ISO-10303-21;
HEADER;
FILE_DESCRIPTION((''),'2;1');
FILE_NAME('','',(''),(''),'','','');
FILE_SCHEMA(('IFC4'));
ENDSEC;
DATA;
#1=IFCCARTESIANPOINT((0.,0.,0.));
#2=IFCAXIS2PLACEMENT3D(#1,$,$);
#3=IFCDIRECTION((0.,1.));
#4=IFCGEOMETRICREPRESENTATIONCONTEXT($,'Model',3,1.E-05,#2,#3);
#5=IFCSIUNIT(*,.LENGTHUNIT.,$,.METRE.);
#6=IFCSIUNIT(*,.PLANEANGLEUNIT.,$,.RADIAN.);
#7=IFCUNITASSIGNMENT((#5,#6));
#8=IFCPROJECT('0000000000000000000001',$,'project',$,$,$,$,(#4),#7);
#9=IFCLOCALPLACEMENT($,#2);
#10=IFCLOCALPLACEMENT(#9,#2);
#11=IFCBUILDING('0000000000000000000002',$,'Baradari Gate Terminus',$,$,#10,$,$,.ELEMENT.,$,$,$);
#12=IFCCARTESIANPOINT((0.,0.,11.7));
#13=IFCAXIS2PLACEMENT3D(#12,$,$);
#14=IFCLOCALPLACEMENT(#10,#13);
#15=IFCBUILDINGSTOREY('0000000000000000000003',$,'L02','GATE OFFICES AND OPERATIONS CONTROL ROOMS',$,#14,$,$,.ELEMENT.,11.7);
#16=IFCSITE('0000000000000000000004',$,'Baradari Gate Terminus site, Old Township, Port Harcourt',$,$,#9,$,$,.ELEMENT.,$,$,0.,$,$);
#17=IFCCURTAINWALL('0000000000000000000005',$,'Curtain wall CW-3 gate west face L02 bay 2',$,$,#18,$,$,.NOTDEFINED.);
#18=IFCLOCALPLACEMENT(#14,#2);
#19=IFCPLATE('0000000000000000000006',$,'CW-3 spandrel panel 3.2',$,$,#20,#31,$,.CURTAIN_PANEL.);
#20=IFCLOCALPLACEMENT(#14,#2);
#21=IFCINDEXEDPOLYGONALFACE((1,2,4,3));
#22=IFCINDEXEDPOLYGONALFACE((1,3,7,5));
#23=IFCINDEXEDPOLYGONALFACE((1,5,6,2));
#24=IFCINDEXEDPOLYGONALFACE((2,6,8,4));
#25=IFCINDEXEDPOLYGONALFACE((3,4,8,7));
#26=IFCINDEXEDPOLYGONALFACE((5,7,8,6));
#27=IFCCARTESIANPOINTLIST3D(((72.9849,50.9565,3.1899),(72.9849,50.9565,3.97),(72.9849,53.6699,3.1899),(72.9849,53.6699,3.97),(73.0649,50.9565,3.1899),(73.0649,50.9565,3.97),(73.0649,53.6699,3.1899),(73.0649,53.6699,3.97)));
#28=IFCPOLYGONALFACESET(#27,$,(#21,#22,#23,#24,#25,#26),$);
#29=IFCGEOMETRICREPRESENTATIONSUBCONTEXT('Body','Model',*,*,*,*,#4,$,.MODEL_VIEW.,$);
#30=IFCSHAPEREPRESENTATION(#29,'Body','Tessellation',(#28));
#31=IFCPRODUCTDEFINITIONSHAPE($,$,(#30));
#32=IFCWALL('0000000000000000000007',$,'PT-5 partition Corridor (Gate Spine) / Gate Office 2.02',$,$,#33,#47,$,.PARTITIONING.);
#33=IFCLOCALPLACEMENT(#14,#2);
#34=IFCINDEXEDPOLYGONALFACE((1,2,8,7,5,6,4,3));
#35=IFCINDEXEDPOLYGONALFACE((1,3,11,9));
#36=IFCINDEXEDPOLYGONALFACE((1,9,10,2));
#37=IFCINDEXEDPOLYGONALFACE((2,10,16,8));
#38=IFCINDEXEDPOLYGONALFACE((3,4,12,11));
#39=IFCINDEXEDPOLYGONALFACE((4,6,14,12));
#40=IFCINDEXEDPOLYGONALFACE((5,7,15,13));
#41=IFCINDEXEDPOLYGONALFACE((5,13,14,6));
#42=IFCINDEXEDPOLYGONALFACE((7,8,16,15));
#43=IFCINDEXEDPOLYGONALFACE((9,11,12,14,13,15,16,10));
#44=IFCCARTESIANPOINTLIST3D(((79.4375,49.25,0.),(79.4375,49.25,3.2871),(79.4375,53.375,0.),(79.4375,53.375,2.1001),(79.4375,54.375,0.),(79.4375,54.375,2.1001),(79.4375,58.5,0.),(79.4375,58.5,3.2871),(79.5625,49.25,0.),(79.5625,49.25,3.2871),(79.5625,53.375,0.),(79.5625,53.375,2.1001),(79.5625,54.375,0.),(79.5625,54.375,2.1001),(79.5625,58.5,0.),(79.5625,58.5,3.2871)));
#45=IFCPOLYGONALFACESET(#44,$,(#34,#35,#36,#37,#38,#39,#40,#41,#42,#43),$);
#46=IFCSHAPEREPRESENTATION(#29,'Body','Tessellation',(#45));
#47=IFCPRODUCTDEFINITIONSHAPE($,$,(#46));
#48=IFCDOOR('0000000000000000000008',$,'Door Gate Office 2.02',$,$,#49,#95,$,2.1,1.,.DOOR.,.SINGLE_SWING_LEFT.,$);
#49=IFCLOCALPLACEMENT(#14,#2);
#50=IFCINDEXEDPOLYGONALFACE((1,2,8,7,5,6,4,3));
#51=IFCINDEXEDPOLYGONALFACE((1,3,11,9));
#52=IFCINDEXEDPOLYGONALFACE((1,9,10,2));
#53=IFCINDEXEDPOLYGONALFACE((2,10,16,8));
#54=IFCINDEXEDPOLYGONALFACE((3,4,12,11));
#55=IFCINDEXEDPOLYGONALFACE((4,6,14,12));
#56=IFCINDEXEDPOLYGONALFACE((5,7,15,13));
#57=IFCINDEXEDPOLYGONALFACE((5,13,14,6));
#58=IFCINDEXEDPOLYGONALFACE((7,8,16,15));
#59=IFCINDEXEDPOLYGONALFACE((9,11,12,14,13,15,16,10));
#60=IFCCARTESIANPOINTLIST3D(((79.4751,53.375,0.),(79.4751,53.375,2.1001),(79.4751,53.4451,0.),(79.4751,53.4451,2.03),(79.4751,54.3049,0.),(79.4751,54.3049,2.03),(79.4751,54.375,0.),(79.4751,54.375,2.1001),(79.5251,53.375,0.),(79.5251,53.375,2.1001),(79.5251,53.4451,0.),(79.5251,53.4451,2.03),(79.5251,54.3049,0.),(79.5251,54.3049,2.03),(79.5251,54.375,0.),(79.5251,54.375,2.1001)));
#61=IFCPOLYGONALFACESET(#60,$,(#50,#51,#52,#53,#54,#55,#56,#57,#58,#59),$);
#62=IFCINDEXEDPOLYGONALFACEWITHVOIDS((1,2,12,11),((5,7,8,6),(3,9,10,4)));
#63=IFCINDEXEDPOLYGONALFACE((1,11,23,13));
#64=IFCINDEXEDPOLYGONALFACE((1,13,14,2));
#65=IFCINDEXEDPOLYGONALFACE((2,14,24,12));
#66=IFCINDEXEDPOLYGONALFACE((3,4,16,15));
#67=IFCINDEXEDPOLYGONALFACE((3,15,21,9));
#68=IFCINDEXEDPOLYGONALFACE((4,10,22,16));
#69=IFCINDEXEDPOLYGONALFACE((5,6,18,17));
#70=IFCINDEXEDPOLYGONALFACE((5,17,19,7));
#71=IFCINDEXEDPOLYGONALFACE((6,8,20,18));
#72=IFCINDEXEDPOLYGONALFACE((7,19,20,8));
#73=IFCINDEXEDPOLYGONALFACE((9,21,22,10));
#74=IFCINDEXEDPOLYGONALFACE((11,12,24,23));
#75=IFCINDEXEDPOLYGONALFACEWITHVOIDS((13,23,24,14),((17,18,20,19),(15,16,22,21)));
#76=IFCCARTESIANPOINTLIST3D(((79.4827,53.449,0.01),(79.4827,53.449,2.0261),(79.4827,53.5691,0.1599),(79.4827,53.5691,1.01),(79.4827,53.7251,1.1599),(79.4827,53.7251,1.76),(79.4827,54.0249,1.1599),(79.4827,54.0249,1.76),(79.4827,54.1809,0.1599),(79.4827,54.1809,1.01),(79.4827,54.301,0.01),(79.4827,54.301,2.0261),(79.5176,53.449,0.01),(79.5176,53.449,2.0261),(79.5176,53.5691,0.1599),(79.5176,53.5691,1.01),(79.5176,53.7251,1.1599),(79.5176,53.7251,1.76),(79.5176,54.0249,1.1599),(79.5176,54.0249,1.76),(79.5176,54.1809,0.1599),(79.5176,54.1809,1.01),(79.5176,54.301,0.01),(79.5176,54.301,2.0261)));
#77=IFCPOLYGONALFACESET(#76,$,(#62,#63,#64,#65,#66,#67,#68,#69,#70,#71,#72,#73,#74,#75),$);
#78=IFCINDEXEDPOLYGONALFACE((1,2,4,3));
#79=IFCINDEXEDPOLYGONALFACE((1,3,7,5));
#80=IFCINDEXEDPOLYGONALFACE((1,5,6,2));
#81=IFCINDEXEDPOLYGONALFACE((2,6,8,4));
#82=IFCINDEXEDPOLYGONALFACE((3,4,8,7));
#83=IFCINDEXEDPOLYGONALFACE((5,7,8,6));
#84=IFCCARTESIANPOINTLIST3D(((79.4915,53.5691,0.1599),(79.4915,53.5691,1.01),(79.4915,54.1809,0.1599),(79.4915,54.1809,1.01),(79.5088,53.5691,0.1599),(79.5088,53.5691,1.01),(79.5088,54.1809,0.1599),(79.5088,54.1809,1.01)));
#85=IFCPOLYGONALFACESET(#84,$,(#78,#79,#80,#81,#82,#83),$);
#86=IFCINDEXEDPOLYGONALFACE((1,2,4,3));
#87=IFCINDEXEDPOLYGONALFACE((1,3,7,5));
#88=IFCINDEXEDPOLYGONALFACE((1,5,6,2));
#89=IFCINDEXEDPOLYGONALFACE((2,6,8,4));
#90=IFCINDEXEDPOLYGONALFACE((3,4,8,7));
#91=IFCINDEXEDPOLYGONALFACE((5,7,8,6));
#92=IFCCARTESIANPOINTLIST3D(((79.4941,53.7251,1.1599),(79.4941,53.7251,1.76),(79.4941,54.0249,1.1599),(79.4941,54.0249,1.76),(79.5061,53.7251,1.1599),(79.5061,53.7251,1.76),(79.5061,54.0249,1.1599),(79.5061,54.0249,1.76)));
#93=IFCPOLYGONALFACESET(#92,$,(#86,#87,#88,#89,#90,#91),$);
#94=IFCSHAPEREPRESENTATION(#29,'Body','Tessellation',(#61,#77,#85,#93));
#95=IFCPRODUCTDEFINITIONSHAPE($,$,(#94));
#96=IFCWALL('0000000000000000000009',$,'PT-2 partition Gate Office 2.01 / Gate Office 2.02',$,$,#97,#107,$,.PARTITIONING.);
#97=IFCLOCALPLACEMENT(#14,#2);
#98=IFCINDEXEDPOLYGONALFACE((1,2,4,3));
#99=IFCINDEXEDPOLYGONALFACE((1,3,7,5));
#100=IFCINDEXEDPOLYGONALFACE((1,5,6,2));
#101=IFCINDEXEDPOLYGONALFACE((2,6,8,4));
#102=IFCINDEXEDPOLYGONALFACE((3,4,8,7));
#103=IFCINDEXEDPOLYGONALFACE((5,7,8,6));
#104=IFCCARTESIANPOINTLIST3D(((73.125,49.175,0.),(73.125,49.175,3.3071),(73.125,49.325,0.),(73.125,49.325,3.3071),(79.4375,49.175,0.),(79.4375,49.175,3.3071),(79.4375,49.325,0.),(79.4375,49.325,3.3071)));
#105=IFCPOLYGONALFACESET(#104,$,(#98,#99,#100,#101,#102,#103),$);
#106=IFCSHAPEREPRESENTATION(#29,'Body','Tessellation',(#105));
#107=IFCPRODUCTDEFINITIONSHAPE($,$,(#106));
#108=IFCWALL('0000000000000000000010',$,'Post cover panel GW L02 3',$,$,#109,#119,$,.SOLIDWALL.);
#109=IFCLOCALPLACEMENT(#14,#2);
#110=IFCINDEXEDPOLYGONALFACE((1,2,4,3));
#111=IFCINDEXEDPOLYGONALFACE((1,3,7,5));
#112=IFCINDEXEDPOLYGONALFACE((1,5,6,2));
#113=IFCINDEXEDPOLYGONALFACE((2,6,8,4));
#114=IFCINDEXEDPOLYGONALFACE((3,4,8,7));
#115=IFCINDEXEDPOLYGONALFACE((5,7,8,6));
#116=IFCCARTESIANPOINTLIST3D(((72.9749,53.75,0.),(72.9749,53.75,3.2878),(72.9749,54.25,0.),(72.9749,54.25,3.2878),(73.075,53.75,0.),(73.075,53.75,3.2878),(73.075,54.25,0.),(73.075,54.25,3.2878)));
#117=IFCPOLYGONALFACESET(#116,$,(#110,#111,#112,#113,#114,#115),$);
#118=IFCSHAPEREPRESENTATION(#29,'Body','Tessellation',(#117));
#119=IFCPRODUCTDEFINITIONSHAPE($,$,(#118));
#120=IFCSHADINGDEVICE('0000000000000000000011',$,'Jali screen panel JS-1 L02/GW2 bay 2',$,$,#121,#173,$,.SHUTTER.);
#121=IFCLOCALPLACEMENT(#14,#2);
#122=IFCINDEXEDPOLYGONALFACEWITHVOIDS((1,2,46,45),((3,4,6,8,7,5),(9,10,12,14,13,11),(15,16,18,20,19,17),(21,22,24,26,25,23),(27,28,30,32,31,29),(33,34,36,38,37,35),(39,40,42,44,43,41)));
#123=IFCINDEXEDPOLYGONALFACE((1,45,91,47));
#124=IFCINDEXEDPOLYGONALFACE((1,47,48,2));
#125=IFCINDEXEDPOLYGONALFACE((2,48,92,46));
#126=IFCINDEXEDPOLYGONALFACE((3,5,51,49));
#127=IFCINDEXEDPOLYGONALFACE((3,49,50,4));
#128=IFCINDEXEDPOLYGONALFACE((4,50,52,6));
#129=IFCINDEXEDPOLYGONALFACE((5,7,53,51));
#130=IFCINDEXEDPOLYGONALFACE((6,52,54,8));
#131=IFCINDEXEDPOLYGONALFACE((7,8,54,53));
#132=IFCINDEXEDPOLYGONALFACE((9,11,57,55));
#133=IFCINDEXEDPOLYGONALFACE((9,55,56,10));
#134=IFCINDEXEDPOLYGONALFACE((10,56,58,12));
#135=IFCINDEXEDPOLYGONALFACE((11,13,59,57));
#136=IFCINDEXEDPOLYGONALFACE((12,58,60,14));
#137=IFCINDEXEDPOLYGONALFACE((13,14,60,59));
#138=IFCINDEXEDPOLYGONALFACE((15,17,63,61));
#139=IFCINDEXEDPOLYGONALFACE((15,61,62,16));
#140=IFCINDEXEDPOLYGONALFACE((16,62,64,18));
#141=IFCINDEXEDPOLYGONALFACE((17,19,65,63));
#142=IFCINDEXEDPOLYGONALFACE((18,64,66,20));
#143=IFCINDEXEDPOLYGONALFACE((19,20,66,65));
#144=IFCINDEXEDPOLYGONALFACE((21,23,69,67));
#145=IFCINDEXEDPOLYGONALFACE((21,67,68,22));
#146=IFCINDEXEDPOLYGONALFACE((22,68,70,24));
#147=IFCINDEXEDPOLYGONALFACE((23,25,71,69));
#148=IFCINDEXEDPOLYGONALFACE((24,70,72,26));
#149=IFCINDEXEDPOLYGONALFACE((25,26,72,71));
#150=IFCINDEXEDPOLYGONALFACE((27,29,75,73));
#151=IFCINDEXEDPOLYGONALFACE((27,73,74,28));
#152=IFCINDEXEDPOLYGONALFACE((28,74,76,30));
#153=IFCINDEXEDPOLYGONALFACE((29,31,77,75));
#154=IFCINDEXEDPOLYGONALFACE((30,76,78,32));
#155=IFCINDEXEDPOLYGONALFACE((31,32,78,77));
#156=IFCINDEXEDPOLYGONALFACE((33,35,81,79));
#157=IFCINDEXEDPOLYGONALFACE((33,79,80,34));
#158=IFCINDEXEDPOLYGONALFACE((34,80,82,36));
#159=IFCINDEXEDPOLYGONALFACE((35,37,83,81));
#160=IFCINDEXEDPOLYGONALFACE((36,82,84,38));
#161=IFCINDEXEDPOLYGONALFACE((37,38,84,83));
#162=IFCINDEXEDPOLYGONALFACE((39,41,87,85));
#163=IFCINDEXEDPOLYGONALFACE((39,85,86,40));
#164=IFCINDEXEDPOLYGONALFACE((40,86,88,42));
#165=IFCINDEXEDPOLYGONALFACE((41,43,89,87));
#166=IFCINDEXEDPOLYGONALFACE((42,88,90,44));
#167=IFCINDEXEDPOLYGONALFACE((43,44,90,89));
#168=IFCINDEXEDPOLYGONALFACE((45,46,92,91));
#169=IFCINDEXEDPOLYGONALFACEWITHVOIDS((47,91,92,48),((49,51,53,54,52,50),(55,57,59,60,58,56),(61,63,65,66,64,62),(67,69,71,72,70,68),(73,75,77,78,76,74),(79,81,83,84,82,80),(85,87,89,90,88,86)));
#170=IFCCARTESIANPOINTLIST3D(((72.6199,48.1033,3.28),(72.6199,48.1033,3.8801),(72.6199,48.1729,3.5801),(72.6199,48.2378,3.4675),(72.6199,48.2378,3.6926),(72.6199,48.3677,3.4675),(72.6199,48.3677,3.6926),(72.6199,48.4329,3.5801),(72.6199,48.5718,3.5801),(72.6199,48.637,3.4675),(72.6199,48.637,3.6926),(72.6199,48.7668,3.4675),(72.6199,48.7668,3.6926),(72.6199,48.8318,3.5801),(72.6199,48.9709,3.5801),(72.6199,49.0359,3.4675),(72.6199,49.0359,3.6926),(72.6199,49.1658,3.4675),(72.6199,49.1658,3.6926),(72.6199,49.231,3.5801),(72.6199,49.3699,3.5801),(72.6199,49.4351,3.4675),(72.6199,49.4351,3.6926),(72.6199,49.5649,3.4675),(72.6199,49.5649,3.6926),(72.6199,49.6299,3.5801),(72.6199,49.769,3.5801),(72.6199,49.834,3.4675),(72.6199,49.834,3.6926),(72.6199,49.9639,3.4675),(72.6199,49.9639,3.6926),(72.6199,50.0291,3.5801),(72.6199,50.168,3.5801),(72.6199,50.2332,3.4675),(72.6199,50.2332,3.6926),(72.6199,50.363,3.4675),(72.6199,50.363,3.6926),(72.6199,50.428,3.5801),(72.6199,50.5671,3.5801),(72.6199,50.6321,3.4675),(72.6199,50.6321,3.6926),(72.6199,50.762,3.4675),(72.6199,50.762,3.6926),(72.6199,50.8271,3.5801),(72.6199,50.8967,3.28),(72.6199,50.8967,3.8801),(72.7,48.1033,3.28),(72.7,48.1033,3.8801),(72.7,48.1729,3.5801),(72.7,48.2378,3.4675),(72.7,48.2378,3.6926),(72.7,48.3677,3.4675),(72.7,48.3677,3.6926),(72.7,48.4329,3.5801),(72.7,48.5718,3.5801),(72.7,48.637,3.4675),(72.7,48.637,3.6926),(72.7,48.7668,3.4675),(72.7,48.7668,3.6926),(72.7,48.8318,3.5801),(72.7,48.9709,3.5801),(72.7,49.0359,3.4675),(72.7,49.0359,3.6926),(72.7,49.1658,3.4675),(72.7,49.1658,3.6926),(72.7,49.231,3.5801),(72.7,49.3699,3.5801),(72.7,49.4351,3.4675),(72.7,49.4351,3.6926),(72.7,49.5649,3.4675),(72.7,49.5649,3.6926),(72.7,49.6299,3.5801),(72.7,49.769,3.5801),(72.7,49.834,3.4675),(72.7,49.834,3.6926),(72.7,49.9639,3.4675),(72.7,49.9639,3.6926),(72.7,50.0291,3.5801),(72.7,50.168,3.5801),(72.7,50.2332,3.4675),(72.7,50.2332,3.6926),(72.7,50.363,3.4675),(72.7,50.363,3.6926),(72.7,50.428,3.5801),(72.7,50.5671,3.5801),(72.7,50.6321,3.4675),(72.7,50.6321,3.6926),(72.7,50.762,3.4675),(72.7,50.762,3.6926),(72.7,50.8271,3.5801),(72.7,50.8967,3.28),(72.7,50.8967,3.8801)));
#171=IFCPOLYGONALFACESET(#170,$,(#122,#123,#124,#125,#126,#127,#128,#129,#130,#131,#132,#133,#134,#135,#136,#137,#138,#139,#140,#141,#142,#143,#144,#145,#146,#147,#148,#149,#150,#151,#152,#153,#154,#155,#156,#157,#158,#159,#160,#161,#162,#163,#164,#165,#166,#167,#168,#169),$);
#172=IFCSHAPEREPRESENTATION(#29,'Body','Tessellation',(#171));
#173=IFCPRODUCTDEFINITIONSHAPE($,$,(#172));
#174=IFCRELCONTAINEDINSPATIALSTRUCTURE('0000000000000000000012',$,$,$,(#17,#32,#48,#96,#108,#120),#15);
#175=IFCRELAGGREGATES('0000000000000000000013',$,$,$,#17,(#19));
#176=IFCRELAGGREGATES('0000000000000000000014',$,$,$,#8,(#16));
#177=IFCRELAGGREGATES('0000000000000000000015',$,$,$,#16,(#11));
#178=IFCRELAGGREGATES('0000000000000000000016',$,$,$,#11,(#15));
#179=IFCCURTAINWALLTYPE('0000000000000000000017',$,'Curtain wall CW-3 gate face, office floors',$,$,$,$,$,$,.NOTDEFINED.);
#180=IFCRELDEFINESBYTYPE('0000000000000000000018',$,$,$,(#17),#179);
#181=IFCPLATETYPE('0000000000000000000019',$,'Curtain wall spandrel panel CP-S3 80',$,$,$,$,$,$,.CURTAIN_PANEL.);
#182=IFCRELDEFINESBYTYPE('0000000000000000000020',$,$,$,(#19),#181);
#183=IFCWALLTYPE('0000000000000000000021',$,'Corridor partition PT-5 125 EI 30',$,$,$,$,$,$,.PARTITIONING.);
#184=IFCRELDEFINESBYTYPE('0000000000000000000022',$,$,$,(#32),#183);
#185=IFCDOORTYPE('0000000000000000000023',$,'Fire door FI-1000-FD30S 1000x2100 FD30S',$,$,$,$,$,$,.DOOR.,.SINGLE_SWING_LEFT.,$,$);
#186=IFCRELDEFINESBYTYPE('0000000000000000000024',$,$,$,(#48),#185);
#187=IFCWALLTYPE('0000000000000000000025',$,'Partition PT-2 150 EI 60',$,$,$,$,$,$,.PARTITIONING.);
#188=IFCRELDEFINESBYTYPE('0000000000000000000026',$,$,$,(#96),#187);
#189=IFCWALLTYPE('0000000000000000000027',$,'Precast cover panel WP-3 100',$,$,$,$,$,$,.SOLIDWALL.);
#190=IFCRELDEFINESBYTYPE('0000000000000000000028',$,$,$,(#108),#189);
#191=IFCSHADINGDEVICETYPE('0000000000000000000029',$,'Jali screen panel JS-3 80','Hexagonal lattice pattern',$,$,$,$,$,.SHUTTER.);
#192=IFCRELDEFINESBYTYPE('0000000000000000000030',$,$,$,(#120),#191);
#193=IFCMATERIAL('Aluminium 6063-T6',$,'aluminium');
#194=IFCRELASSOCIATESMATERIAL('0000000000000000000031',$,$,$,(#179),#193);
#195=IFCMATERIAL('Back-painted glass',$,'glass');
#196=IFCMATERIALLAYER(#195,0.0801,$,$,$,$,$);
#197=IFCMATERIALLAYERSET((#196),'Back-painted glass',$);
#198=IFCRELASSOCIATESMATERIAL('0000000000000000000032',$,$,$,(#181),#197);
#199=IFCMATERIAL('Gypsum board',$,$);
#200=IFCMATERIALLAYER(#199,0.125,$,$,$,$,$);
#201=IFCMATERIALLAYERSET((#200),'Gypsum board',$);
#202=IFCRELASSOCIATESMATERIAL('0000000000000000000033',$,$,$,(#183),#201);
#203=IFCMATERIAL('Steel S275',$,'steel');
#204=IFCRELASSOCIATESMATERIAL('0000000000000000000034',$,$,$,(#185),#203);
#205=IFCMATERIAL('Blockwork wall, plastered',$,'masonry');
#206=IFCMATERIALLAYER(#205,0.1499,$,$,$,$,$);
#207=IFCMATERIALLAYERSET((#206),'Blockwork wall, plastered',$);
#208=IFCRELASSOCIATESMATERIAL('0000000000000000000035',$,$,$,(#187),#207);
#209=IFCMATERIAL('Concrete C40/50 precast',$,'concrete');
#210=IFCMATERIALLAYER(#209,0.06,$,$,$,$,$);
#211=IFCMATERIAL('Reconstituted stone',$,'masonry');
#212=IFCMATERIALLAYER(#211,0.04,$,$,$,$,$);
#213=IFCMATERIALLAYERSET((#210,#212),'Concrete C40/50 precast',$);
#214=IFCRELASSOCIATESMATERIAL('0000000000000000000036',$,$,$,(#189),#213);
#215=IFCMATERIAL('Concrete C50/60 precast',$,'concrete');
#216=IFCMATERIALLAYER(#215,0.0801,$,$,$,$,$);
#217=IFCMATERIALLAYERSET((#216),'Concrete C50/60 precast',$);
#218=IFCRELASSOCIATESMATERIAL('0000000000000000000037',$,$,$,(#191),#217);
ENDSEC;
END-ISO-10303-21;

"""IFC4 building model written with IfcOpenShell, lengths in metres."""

from ifc_helpers import new_model, si_unit, direction, frame, frame_2d, origin, origin_2d, place, context, subcontext, project, spatial, polyline, rectangle, outline, extrude, material, layer, layer_set, type_object, element, fill, aggregate, save


model = new_model("IFC4")

# Units and contexts
model_context = context("Model", 3, precision=1e-05, world=origin(), true_north=direction((0.0, 1.0)))
body_context = subcontext(model_context, "Body", "Model", "MODEL_VIEW")
ifc_project = project(units=[si_unit("LENGTHUNIT", "METRE"), si_unit("PLANEANGLEUNIT", "RADIAN")], contexts=[model_context])

# Site, building, storey
site_placement = place(None, origin())
site = spatial("IfcSite", under=ifc_project, at=site_placement, Name="Baradari Gate Terminus site, Old Township, Port Harcourt", CompositionType="ELEMENT", RefElevation=0.0)
building_placement = place(site_placement, origin())
building = spatial("IfcBuilding", under=site, at=building_placement, Name="Baradari Gate Terminus", CompositionType="ELEMENT")
storey_placement = place(building_placement, frame((0.0, 0.0, 11.7)))
storey = spatial("IfcBuildingStorey", under=building, at=storey_placement, Name="L02", Description="GATE OFFICES AND OPERATIONS CONTROL ROOMS", CompositionType="ELEMENT", Elevation=11.7)

# Curtain wall
ifc_material_1 = material(Name="Aluminium 6063-T6", Category="aluminium")
curtain_wall_type = type_object("IfcCurtainWallType", Name="Curtain wall CW-3 gate face, office floors", PredefinedType="NOTDEFINED", material=ifc_material_1)
curtain_wall_placement = place(storey_placement, origin())
curtain_wall = element("IfcCurtainWall", 1, at=curtain_wall_placement, inside=storey, type_object=curtain_wall_type, Name="Curtain wall CW-3 gate west face L02 bay 2", PredefinedType="NOTDEFINED")

# Plate
ifc_material_2 = material(Name="Back-painted glass", Category="glass")
ifc_layer_1 = layer(ifc_material_2, 0.0801)
ifc_layer_set_1 = layer_set([ifc_layer_1], Name="Back-painted glass")
plate_type = type_object("IfcPlateType", Name="Curtain wall spandrel panel CP-S3 80", PredefinedType="CURTAIN_PANEL", material=ifc_layer_set_1)
plate_1_placement = place(storey_placement, frame((73.0249, 52.3132, 3.1899), z_axis=(0.0, 0.0, 1.0), x_axis=(0.0, 1.0, 0.0)))
plate_1 = element("IfcPlate", 2, at=plate_1_placement, type_object=plate_type, Name="CW-3 spandrel panel 3.2", PredefinedType="CURTAIN_PANEL", context=body_context, shape_type="SweptSolid", body=[
    extrude(rectangle(XDim=2.7134, YDim=0.0801, at=origin_2d()), origin(), (0.0, 0.0, 1.0), 0.78),
])
aggregate(curtain_wall, [plate_1])

# Wall, opening, door
ifc_material_3 = material(Name="Gypsum board")
ifc_layer_2 = layer(ifc_material_3, 0.125)
ifc_layer_set_2 = layer_set([ifc_layer_2], Name="Gypsum board")
wall_type_1 = type_object("IfcWallType", Name="Corridor partition PT-5 125 EI 30", PredefinedType="PARTITIONING", material=ifc_layer_set_2)
wall_1_placement = place(storey_placement, frame((79.5, 49.25, 0.0), z_axis=(0.0, 0.0, 1.0), x_axis=(0.0, 1.0, 0.0)))
wall_1 = element("IfcWall", 3, at=wall_1_placement, inside=storey, type_object=wall_type_1, Name="PT-5 partition Corridor (Gate Spine) / Gate Office 2.02", PredefinedType="PARTITIONING", context=body_context, shape_type="SweptSolid", body=[
    extrude(rectangle(XDim=9.25, YDim=0.125, at=frame_2d((4.625, 0.0))), origin(), (0.0, 0.0, 1.0), 3.2871),
])
opening_placement = place(wall_1_placement, frame((4.125, 0.0, 0.0)))
opening = element("IfcOpeningElement", 4, at=opening_placement, cuts=wall_1, PredefinedType="OPENING", context=body_context, shape_type="SweptSolid", body=[
    extrude(rectangle(XDim=1.0, YDim=2.1001, at=frame_2d((0.5, 1.05))), frame((0.0, 0.0725, 0.0), z_axis=(0.0, -1.0, 0.0), x_axis=(1.0, 0.0, 0.0)), (0.0, 0.0, 1.0), 0.145),
])
ifc_material_4 = material(Name="Steel S275", Category="steel")
door_type = type_object("IfcDoorType", Name="Fire door FI-1000-FD30S 1000x2100 FD30S", OperationType="SINGLE_SWING_LEFT", PredefinedType="DOOR", material=ifc_material_4)
door_placement = place(opening_placement, origin())
door = element("IfcDoor", 5, at=door_placement, inside=storey, type_object=door_type, Name="Door Gate Office 2.02", OperationType="SINGLE_SWING_LEFT", OverallHeight=2.1, OverallWidth=1.0, PredefinedType="DOOR", context=body_context, shape_type="SweptSolid", body=[
    extrude(outline(polyline([(0.0, 0.0), (0.0701, 0.0), (0.0701, 2.03), (0.9299, 2.03), (0.9299, 0.0), (1.0, 0.0), (1.0, 2.1001), (0.0, 2.1001), (0.0, 0.0)])), frame((0.0, 0.0249, 0.0), z_axis=(0.0, -1.0, 0.0), x_axis=(1.0, 0.0, 0.0)), (0.0, 0.0, 1.0), 0.05),
    extrude(outline(polyline([(0.074, 0.01), (0.926, 0.01), (0.926, 2.0261), (0.074, 2.0261), (0.074, 0.01)]), holes=[polyline([(0.1941, 0.1599), (0.8059, 0.1599), (0.8059, 1.01), (0.1941, 1.01), (0.1941, 0.1599)]), polyline([(0.3501, 1.1599), (0.6499, 1.1599), (0.6499, 1.76), (0.3501, 1.76), (0.3501, 1.1599)])]), frame((0.0, 0.0173, 0.0), z_axis=(0.0, -1.0, 0.0), x_axis=(1.0, 0.0, 0.0)), (0.0, 0.0, 1.0), 0.0349),
    extrude(rectangle(XDim=0.6118, YDim=0.8501, at=frame_2d((0.5, 0.585))), frame((0.0, 0.0085, 0.0), z_axis=(0.0, -1.0, 0.0), x_axis=(1.0, 0.0, 0.0)), (0.0, 0.0, 1.0), 0.0173),
    extrude(rectangle(XDim=0.2998, YDim=0.6001, at=frame_2d((0.5, 1.46))), frame((0.0, 0.0059, 0.0), z_axis=(0.0, -1.0, 0.0), x_axis=(1.0, 0.0, 0.0)), (0.0, 0.0, 1.0), 0.012),
])
fill(opening, door)

# Walls
ifc_material_5 = material(Name="Blockwork wall, plastered", Category="masonry")
ifc_layer_3 = layer(ifc_material_5, 0.1499)
ifc_layer_set_3 = layer_set([ifc_layer_3], Name="Blockwork wall, plastered")
wall_type_2 = type_object("IfcWallType", Name="Partition PT-2 150 EI 60", PredefinedType="PARTITIONING", material=ifc_layer_set_3)
wall_2_placement = place(storey_placement, frame((73.125, 49.25, 0.0), z_axis=(0.0, 0.0, 1.0), x_axis=(1.0, 0.0, 0.0)))
element("IfcWall", 6, at=wall_2_placement, inside=storey, type_object=wall_type_2, Name="PT-2 partition Gate Office 2.01 / Gate Office 2.02", PredefinedType="PARTITIONING", context=body_context, shape_type="SweptSolid", body=[
    extrude(rectangle(XDim=6.3125, YDim=0.1499, at=frame_2d((3.1562, 0.0))), origin(), (0.0, 0.0, 1.0), 3.3071),
])
ifc_material_6 = material(Name="Concrete C40/50 precast", Category="concrete")
ifc_layer_4 = layer(ifc_material_6, 0.06)
ifc_material_7 = material(Name="Reconstituted stone", Category="masonry")
ifc_layer_5 = layer(ifc_material_7, 0.04)
ifc_layer_set_4 = layer_set([ifc_layer_4, ifc_layer_5], Name="Concrete C40/50 precast")
wall_type_3 = type_object("IfcWallType", Name="Precast cover panel WP-3 100", PredefinedType="SOLIDWALL", material=ifc_layer_set_4)
wall_3_placement = place(storey_placement, frame((73.0249, 53.75, 0.0), z_axis=(0.0, 0.0, 1.0), x_axis=(0.0, 1.0, 0.0)))
element("IfcWall", 7, at=wall_3_placement, inside=storey, type_object=wall_type_3, Name="Post cover panel GW L02 3", PredefinedType="SOLIDWALL", context=body_context, shape_type="SweptSolid", body=[
    extrude(rectangle(XDim=0.5, YDim=0.1001, at=frame_2d((0.25, 0.0))), origin(), (0.0, 0.0, 1.0), 3.2878),
])

# Shading device
ifc_material_8 = material(Name="Concrete C50/60 precast", Category="concrete")
ifc_layer_6 = layer(ifc_material_8, 0.0801)
ifc_layer_set_5 = layer_set([ifc_layer_6], Name="Concrete C50/60 precast")
shading_device_type = type_object("IfcShadingDeviceType", Name="Jali screen panel JS-3 80", Description="Hexagonal lattice pattern", PredefinedType="SHUTTER", material=ifc_layer_set_5)
shading_device_1_placement = place(storey_placement, frame((72.6599, 48.1033, 3.28), z_axis=(0.0, 0.0, 1.0), x_axis=(0.0, 1.0, 0.0)))
element("IfcShadingDevice", 8, at=shading_device_1_placement, inside=storey, type_object=shading_device_type, Name="Jali screen panel JS-1 L02/GW2 bay 2", PredefinedType="SHUTTER", context=body_context, shape_type="SweptSolid", body=[
    extrude(outline(polyline([(0.0, 0.0), (2.7935, 0.0), (2.7935, 0.6001), (0.0, 0.6001), (0.0, 0.0)]), holes=[polyline([(0.3296, 0.3), (0.2644, 0.1875), (0.1345, 0.1875), (0.0696, 0.3), (0.1345, 0.4126), (0.2644, 0.4126), (0.3296, 0.3)]), polyline([(0.7285, 0.3), (0.6636, 0.1875), (0.5337, 0.1875), (0.4685, 0.3), (0.5337, 0.4126), (0.6636, 0.4126), (0.7285, 0.3)]), polyline([(1.1277, 0.3), (1.0625, 0.1875), (0.9326, 0.1875), (0.8677, 0.3), (0.9326, 0.4126), (1.0625, 0.4126), (1.1277, 0.3)]), polyline([(1.5266, 0.3), (1.4617, 0.1875), (1.3318, 0.1875), (1.2666, 0.3), (1.3318, 0.4126), (1.4617, 0.4126), (1.5266, 0.3)]), polyline([(1.9258, 0.3), (1.8606, 0.1875), (1.7307, 0.1875), (1.6658, 0.3), (1.7307, 0.4126), (1.8606, 0.4126), (1.9258, 0.3)]), polyline([(2.3247, 0.3), (2.2598, 0.1875), (2.1299, 0.1875), (2.0647, 0.3), (2.1299, 0.4126), (2.2598, 0.4126), (2.3247, 0.3)]), polyline([(2.7239, 0.3), (2.6587, 0.1875), (2.5288, 0.1875), (2.4639, 0.3), (2.5288, 0.4126), (2.6587, 0.4126), (2.7239, 0.3)])]), frame((0.0, 0.04, 0.0), z_axis=(0.0, -1.0, 0.0), x_axis=(1.0, 0.0, 0.0)), (0.0, 0.0, 1.0), 0.0801),
])

save(model, "model.ifc")
